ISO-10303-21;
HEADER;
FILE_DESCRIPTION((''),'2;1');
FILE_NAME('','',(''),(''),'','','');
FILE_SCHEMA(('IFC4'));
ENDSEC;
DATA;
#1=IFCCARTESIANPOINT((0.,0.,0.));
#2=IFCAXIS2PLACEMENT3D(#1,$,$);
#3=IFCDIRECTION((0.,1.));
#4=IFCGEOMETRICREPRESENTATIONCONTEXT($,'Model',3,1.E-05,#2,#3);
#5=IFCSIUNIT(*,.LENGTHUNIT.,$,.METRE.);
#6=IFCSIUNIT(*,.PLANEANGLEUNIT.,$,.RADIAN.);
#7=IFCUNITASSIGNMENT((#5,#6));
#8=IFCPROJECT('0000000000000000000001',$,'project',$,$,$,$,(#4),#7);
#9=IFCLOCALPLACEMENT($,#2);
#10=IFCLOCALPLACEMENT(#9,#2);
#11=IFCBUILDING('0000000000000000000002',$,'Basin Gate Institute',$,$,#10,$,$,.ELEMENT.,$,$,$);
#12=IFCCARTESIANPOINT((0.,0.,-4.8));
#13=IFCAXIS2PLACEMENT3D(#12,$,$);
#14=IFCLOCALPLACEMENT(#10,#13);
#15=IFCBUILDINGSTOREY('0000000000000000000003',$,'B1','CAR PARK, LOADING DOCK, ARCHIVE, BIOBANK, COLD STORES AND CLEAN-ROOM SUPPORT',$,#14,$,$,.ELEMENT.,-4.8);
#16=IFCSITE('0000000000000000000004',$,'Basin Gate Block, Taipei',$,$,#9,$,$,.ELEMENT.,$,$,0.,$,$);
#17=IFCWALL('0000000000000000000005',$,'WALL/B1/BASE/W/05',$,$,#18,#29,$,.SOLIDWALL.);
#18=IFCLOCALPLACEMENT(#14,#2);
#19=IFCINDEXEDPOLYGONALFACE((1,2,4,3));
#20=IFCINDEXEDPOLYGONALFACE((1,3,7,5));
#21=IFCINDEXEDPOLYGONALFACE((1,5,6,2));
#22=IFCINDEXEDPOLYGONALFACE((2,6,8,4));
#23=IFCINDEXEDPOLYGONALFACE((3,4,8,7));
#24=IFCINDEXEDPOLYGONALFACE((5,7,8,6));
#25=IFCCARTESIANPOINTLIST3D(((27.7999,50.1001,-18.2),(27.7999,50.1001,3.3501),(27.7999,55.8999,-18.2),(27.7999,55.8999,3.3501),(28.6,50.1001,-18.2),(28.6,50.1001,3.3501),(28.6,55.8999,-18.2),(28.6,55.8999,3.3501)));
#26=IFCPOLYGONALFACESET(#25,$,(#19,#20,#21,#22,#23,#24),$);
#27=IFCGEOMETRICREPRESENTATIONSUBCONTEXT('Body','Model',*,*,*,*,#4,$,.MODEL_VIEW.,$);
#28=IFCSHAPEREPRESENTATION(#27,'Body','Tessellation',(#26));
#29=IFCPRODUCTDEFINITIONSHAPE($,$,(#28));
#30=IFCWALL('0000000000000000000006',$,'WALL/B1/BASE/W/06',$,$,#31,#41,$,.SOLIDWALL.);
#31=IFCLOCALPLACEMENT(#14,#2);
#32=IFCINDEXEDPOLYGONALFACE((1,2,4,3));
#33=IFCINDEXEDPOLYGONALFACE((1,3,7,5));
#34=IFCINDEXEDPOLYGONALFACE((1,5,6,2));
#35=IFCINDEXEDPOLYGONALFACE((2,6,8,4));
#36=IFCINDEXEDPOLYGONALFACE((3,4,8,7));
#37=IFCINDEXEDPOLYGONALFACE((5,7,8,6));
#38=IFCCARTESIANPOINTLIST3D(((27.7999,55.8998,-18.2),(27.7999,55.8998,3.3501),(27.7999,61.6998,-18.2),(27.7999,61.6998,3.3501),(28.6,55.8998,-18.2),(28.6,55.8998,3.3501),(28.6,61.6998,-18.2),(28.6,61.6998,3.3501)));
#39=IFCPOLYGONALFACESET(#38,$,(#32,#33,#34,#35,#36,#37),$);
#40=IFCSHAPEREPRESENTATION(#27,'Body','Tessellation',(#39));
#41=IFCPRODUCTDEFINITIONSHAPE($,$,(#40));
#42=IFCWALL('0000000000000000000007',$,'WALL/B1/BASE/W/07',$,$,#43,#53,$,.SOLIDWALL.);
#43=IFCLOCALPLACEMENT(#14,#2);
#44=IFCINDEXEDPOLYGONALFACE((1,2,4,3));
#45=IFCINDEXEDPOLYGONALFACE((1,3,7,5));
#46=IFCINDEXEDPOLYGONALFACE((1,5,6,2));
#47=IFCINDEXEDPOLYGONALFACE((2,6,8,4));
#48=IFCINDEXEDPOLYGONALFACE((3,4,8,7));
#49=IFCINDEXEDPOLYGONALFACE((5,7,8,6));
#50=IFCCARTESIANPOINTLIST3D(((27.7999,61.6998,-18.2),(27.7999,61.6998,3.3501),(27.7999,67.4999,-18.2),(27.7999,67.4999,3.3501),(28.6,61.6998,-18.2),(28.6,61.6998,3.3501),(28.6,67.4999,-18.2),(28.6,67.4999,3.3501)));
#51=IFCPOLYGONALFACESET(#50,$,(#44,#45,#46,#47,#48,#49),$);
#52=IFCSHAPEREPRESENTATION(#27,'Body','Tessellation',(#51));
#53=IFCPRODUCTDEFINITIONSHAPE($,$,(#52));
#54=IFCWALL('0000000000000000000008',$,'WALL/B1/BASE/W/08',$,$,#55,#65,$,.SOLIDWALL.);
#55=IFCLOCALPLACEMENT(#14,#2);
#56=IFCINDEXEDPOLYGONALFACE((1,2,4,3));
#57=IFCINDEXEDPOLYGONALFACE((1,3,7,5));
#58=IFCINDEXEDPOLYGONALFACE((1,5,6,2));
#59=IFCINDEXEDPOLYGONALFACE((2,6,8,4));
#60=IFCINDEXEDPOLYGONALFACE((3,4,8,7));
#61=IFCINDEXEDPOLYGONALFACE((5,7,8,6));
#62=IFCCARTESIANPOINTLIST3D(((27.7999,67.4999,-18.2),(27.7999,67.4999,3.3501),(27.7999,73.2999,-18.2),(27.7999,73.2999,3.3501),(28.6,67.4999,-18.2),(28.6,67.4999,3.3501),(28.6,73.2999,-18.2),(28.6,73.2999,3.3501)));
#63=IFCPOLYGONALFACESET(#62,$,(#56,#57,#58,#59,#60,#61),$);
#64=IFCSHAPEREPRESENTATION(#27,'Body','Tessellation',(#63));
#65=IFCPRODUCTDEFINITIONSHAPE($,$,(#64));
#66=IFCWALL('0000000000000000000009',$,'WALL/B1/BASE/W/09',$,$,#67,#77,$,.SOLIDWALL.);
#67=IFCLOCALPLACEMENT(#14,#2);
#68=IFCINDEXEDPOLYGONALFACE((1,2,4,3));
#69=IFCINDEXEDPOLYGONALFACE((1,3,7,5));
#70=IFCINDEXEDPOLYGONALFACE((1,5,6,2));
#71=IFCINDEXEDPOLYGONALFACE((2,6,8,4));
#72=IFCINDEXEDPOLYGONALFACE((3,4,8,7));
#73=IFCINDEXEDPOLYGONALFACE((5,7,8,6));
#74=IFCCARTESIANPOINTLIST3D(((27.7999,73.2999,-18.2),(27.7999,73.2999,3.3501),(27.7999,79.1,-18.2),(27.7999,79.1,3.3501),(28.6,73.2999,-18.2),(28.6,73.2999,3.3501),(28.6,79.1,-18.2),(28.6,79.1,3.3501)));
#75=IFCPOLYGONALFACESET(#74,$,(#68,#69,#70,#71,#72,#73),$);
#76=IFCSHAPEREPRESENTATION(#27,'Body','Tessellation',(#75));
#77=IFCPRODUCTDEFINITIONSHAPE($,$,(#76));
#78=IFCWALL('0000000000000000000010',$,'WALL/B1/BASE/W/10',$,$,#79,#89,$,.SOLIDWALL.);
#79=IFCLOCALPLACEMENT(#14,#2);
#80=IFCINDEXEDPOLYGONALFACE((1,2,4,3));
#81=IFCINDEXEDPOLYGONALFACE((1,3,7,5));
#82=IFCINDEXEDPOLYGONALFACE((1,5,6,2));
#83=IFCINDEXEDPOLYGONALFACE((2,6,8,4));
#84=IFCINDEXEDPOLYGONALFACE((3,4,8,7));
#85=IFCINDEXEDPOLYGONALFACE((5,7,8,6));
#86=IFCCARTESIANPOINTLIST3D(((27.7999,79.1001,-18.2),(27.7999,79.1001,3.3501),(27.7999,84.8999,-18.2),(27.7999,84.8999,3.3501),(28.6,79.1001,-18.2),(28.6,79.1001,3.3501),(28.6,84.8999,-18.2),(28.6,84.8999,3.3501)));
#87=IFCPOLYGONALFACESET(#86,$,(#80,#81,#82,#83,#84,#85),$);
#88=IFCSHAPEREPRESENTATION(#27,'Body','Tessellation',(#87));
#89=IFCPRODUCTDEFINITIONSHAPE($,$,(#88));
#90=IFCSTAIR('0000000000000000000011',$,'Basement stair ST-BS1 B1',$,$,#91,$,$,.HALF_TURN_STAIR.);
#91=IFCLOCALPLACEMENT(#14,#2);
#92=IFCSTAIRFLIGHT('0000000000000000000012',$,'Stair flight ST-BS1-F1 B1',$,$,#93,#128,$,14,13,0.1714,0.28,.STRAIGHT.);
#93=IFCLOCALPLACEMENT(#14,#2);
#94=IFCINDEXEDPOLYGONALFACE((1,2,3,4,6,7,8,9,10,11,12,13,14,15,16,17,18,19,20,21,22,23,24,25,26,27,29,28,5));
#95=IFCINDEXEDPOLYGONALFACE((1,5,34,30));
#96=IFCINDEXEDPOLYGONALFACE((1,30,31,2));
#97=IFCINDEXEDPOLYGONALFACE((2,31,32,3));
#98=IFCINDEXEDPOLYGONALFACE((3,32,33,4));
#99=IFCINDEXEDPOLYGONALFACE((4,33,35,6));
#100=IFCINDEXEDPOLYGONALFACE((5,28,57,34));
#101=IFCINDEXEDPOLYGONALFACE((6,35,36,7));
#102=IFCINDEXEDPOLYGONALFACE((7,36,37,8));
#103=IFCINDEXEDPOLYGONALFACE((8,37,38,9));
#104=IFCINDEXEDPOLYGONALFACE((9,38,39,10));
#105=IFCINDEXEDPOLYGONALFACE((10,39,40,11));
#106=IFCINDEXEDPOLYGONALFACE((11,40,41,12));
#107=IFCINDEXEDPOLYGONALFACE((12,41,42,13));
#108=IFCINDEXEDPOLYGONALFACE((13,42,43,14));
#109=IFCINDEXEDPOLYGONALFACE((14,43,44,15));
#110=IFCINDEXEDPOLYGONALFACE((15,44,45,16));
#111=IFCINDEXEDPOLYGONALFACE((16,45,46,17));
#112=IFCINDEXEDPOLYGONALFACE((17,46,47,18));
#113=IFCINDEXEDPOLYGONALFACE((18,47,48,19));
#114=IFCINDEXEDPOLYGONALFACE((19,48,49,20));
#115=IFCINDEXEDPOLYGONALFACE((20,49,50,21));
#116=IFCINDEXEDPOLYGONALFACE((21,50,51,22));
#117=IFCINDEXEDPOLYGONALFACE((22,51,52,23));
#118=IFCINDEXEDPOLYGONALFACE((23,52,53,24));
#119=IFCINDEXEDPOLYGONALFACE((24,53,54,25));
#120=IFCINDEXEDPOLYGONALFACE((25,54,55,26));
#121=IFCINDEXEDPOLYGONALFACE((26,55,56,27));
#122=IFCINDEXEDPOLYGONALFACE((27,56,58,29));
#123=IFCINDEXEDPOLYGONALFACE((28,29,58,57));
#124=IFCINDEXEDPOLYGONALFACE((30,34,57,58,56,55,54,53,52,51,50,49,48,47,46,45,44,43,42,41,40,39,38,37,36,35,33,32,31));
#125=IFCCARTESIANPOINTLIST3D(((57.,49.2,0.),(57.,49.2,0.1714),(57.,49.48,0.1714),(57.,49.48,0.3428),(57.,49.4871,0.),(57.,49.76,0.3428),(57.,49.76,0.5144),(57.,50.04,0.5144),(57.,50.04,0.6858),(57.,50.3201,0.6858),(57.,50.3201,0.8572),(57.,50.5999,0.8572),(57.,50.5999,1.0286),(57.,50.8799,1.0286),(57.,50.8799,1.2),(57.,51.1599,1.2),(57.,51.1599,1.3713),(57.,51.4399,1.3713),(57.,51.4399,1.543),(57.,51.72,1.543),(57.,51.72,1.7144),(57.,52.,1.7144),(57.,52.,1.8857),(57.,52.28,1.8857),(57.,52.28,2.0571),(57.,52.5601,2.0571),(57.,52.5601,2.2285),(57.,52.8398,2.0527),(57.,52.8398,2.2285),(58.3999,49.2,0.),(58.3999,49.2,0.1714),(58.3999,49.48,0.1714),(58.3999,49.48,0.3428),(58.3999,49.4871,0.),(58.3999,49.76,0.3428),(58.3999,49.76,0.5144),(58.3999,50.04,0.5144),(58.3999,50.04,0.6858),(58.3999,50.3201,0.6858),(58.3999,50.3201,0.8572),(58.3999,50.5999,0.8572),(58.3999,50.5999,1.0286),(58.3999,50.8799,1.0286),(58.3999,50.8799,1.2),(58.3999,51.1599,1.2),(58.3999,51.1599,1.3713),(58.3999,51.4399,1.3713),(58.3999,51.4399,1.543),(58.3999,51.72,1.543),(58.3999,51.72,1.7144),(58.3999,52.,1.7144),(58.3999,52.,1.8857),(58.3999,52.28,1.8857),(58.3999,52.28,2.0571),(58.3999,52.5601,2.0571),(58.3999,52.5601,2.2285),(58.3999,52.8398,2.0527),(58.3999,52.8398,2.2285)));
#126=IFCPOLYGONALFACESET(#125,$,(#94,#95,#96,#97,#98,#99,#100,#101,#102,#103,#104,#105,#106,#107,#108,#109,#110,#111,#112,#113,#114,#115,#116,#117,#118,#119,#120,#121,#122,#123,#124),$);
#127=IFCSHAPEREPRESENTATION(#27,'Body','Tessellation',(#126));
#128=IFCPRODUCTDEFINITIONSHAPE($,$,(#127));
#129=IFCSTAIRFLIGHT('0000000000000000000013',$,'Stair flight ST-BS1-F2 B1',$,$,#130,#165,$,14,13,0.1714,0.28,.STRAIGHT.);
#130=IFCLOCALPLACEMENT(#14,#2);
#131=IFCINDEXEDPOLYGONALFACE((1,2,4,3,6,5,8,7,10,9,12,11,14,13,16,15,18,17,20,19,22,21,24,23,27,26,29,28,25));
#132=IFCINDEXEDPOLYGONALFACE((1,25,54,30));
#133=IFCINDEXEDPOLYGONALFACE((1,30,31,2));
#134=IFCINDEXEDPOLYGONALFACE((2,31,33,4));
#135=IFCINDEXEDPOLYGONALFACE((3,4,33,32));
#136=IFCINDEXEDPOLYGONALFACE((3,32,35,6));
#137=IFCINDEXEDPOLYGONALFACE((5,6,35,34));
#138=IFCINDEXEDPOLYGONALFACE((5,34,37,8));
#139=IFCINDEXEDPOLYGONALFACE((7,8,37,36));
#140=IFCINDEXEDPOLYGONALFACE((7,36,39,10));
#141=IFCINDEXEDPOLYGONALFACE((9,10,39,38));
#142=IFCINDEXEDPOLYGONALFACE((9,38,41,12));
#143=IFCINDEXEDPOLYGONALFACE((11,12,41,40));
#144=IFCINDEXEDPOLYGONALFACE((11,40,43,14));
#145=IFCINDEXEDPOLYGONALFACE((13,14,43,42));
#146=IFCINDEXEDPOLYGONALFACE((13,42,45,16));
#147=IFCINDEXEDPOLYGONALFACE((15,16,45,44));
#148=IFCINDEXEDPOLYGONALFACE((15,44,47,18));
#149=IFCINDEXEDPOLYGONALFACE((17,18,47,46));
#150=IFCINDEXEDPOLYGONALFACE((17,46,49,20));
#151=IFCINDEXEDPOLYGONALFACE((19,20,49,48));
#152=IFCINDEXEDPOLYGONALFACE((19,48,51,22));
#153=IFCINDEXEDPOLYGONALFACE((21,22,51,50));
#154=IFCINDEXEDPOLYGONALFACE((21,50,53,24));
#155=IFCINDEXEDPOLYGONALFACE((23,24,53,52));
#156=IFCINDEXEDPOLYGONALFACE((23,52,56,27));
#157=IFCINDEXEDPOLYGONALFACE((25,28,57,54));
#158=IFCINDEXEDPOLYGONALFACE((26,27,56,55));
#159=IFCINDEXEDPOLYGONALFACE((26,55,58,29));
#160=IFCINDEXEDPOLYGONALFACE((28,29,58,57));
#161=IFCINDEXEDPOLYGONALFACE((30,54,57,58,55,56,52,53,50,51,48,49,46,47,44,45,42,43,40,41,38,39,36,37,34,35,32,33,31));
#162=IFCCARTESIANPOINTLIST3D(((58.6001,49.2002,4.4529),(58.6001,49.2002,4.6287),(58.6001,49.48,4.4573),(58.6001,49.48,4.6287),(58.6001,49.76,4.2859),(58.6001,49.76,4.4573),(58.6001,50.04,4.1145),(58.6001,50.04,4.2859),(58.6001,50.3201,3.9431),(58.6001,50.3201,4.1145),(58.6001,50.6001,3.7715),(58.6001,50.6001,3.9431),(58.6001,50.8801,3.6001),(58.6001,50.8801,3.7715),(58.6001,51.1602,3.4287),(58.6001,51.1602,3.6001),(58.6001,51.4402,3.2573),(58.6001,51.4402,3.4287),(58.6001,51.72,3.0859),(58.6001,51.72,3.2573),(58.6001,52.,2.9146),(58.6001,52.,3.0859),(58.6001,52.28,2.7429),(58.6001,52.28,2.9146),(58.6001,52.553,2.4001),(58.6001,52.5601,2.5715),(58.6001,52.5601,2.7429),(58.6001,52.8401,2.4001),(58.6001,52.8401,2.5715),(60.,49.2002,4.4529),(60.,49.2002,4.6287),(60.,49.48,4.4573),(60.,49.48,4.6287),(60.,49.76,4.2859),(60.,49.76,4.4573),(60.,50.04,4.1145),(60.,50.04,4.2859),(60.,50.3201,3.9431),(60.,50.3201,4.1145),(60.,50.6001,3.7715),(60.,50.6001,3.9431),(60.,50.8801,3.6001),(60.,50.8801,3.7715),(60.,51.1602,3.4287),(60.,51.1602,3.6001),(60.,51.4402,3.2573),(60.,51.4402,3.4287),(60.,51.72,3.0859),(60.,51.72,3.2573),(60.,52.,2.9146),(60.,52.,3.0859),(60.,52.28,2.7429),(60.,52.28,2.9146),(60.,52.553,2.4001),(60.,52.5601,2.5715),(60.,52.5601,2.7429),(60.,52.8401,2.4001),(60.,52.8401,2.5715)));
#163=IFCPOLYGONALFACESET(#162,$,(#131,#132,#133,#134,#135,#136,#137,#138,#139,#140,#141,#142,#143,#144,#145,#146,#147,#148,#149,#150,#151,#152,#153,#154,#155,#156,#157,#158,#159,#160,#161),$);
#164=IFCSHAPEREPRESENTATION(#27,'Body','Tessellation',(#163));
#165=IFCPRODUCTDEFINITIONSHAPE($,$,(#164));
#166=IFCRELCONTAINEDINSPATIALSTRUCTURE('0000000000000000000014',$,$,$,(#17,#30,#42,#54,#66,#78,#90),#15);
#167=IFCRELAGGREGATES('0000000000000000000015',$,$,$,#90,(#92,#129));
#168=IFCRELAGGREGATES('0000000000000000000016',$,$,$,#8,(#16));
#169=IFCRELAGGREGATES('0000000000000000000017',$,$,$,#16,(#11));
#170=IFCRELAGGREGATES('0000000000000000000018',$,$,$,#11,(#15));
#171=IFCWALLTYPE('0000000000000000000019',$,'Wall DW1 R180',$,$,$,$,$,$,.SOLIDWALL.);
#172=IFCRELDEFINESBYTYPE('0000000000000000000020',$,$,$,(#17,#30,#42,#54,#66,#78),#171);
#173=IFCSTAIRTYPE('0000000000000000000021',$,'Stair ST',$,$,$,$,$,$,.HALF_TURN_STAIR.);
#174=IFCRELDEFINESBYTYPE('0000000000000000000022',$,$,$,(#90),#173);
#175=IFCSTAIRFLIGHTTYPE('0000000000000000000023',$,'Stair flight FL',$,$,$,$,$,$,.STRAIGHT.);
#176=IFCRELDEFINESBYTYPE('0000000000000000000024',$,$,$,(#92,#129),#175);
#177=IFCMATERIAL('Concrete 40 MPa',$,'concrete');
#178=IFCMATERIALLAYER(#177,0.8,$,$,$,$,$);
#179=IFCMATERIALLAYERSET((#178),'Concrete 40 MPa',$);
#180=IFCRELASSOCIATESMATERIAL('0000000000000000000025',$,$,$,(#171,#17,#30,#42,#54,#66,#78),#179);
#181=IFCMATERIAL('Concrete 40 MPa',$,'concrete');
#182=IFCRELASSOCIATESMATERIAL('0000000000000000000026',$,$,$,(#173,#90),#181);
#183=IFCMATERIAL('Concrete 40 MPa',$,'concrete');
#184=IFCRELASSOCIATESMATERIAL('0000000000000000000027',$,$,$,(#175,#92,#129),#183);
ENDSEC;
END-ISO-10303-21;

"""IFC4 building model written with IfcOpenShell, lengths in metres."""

from ifc_helpers import new_model, si_unit, direction, frame, frame_2d, origin, place, context, subcontext, project, spatial, polyline, rectangle, outline, extrude, material, layer, layer_set, type_object, element, aggregate, save


model = new_model("IFC4")

# Units and contexts
model_context = context("Model", 3, precision=1e-05, world=origin(), true_north=direction((0.0, 1.0)))
body_context = subcontext(model_context, "Body", "Model", "MODEL_VIEW")
ifc_project = project(units=[si_unit("LENGTHUNIT", "METRE"), si_unit("PLANEANGLEUNIT", "RADIAN")], contexts=[model_context])

# Site, building, storey
site_placement = place(None, origin())
site = spatial("IfcSite", under=ifc_project, at=site_placement, Name="Basin Gate Block, Taipei", CompositionType="ELEMENT", RefElevation=0.0)
building_placement = place(site_placement, origin())
building = spatial("IfcBuilding", under=site, at=building_placement, Name="Basin Gate Institute", CompositionType="ELEMENT")
storey_placement = place(building_placement, frame((0.0, 0.0, -4.8)))
storey = spatial("IfcBuildingStorey", under=building, at=storey_placement, Name="B1", Description="CAR PARK, LOADING DOCK, ARCHIVE, BIOBANK, COLD STORES AND CLEAN-ROOM SUPPORT", CompositionType="ELEMENT", Elevation=-4.8)

# Walls
ifc_material_1 = material(Name="Concrete 40 MPa", Category="concrete")
ifc_layer_1 = layer(ifc_material_1, 0.8)
ifc_layer_set_1 = layer_set([ifc_layer_1], Name="Concrete 40 MPa")
wall_type_1 = type_object("IfcWallType", Name="Wall DW1 R180", PredefinedType="SOLIDWALL", material=ifc_layer_set_1)
wall_1_placement = place(storey_placement, frame((28.2, 50.1001, -18.2), z_axis=(0.0, 0.0, 1.0), x_axis=(0.0, 1.0, 0.0)))
element("IfcWall", 1, at=wall_1_placement, inside=storey, type_object=wall_type_1, material=ifc_layer_set_1, Name="WALL/B1/BASE/W/05", PredefinedType="SOLIDWALL", context=body_context, shape_type="SweptSolid", body=[
    extrude(rectangle(XDim=5.7998, YDim=0.8, at=frame_2d((2.8999, 0.0))), origin(), (0.0, 0.0, 1.0), 21.55),
])
for number, where, z_axis, x_axis, name in (
    (2, (28.2, 55.8999, -18.2), (0.0, 0.0, 1.0), (0.0, 1.0, 0.0), "WALL/B1/BASE/W/06"),
    (3, (28.2, 61.7, -18.2), (0.0, 0.0, 1.0), (0.0, 1.0, 0.0), "WALL/B1/BASE/W/07"),
    (4, (28.2, 67.5, -18.2), (0.0, 0.0, 1.0), (0.0, 1.0, 0.0), "WALL/B1/BASE/W/08"),
    (5, (28.2, 73.3, -18.2), (0.0, 0.0, 1.0), (0.0, 1.0, 0.0), "WALL/B1/BASE/W/09"),
):
    element("IfcWall", number, at=place(storey_placement, frame(where, z_axis=z_axis, x_axis=x_axis)), inside=storey, type_object=wall_type_1, material=ifc_layer_set_1, Name=name, PredefinedType="SOLIDWALL", context=body_context, shape_type="SweptSolid", body=[
        extrude(rectangle(XDim=5.8, YDim=0.8, at=frame_2d((2.8999, 0.0))), origin(), (0.0, 0.0, 1.0), 21.55),
    ])
wall_2_placement = place(storey_placement, frame((28.2, 79.1001, -18.2), z_axis=(0.0, 0.0, 1.0), x_axis=(0.0, 1.0, 0.0)))
element("IfcWall", 6, at=wall_2_placement, inside=storey, type_object=wall_type_1, material=ifc_layer_set_1, Name="WALL/B1/BASE/W/10", PredefinedType="SOLIDWALL", context=body_context, shape_type="SweptSolid", body=[
    extrude(rectangle(XDim=5.7998, YDim=0.8, at=frame_2d((2.8999, 0.0))), origin(), (0.0, 0.0, 1.0), 21.55),
])

# Stair, stair flights
ifc_material_2 = material(Name="Concrete 40 MPa", Category="concrete")
stair_type = type_object("IfcStairType", Name="Stair ST", PredefinedType="HALF_TURN_STAIR", material=ifc_material_2)
stair_placement = place(storey_placement, origin())
stair = element("IfcStair", 7, at=stair_placement, inside=storey, type_object=stair_type, material=ifc_material_2, Name="Basement stair ST-BS1 B1", PredefinedType="HALF_TURN_STAIR")
ifc_material_3 = material(Name="Concrete 40 MPa", Category="concrete")
stair_flight_type = type_object("IfcStairFlightType", Name="Stair flight FL", PredefinedType="STRAIGHT", material=ifc_material_3)
stair_flight_1_placement = place(storey_placement, frame((57.7, 49.2, 0.0), z_axis=(0.0, 0.0, 1.0), x_axis=(0.0, 1.0, 0.0)))
stair_flight_1 = element("IfcStairFlight", 8, at=stair_flight_1_placement, type_object=stair_flight_type, material=ifc_material_3, Name="Stair flight ST-BS1-F1 B1", NumberOfRisers=14, NumberOfTreads=13, PredefinedType="STRAIGHT", RiserHeight=0.1714, TreadLength=0.28, context=body_context, shape_type="SweptSolid", body=[
    extrude(outline(polyline([(0.0, 0.0), (0.0, 0.1714), (0.28, 0.1714), (0.28, 0.3428), (0.5601, 0.3428), (0.5601, 0.5144), (0.8401, 0.5144), (0.8401, 0.6858), (1.1201, 0.6858), (1.1201, 0.8572), (1.3999, 0.8572), (1.3999, 1.0286), (1.6799, 1.0286), (1.6799, 1.2), (1.96, 1.2), (1.96, 1.3713), (2.24, 1.3713), (2.24, 1.543), (2.52, 1.543), (2.52, 1.7144), (2.8, 1.7144), (2.8, 1.8857), (3.0801, 1.8857), (3.0801, 2.0571), (3.3601, 2.0571), (3.3601, 2.2285), (3.6399, 2.2285), (3.6399, 2.3999), (3.6399, 2.0527), (0.2871, 0.0), (0.0, 0.0)])), frame((0.0, 0.7, 0.0), z_axis=(0.0, -1.0, 0.0), x_axis=(1.0, 0.0, 0.0)), (0.0, 0.0, 1.0), 1.3999),
])
stair_flight_2_placement = place(storey_placement, frame((59.3, 52.8401, 2.4001), z_axis=(0.0, 0.0, 1.0), x_axis=(0.0, -1.0, 0.0)))
stair_flight_2 = element("IfcStairFlight", 9, at=stair_flight_2_placement, type_object=stair_flight_type, material=ifc_material_3, Name="Stair flight ST-BS1-F2 B1", NumberOfRisers=14, NumberOfTreads=13, PredefinedType="STRAIGHT", RiserHeight=0.1714, TreadLength=0.28, context=body_context, shape_type="SweptSolid", body=[
    extrude(outline(polyline([(0.0, 0.0), (0.0, 0.1714), (0.28, 0.1714), (0.28, 0.3428), (0.5601, 0.3428), (0.5601, 0.5144), (0.8401, 0.5144), (0.8401, 0.6858), (1.1201, 0.6858), (1.1201, 0.8572), (1.3999, 0.8572), (1.3999, 1.0286), (1.6799, 1.0286), (1.6799, 1.2), (1.96, 1.2), (1.96, 1.3713), (2.24, 1.3713), (2.24, 1.543), (2.52, 1.543), (2.52, 1.7144), (2.8, 1.7144), (2.8, 1.8857), (3.0801, 1.8857), (3.0801, 2.0571), (3.3601, 2.0571), (3.3601, 2.2285), (3.6399, 2.2285), (3.6399, 2.3999), (3.6399, 2.0527), (0.2871, 0.0), (0.0, 0.0)])), frame((0.0, 0.7, 0.0), z_axis=(0.0, -1.0, 0.0), x_axis=(1.0, 0.0, 0.0)), (0.0, 0.0, 1.0), 1.3999),
])
aggregate(stair, [stair_flight_1, stair_flight_2])

save(model, "model.ifc")
